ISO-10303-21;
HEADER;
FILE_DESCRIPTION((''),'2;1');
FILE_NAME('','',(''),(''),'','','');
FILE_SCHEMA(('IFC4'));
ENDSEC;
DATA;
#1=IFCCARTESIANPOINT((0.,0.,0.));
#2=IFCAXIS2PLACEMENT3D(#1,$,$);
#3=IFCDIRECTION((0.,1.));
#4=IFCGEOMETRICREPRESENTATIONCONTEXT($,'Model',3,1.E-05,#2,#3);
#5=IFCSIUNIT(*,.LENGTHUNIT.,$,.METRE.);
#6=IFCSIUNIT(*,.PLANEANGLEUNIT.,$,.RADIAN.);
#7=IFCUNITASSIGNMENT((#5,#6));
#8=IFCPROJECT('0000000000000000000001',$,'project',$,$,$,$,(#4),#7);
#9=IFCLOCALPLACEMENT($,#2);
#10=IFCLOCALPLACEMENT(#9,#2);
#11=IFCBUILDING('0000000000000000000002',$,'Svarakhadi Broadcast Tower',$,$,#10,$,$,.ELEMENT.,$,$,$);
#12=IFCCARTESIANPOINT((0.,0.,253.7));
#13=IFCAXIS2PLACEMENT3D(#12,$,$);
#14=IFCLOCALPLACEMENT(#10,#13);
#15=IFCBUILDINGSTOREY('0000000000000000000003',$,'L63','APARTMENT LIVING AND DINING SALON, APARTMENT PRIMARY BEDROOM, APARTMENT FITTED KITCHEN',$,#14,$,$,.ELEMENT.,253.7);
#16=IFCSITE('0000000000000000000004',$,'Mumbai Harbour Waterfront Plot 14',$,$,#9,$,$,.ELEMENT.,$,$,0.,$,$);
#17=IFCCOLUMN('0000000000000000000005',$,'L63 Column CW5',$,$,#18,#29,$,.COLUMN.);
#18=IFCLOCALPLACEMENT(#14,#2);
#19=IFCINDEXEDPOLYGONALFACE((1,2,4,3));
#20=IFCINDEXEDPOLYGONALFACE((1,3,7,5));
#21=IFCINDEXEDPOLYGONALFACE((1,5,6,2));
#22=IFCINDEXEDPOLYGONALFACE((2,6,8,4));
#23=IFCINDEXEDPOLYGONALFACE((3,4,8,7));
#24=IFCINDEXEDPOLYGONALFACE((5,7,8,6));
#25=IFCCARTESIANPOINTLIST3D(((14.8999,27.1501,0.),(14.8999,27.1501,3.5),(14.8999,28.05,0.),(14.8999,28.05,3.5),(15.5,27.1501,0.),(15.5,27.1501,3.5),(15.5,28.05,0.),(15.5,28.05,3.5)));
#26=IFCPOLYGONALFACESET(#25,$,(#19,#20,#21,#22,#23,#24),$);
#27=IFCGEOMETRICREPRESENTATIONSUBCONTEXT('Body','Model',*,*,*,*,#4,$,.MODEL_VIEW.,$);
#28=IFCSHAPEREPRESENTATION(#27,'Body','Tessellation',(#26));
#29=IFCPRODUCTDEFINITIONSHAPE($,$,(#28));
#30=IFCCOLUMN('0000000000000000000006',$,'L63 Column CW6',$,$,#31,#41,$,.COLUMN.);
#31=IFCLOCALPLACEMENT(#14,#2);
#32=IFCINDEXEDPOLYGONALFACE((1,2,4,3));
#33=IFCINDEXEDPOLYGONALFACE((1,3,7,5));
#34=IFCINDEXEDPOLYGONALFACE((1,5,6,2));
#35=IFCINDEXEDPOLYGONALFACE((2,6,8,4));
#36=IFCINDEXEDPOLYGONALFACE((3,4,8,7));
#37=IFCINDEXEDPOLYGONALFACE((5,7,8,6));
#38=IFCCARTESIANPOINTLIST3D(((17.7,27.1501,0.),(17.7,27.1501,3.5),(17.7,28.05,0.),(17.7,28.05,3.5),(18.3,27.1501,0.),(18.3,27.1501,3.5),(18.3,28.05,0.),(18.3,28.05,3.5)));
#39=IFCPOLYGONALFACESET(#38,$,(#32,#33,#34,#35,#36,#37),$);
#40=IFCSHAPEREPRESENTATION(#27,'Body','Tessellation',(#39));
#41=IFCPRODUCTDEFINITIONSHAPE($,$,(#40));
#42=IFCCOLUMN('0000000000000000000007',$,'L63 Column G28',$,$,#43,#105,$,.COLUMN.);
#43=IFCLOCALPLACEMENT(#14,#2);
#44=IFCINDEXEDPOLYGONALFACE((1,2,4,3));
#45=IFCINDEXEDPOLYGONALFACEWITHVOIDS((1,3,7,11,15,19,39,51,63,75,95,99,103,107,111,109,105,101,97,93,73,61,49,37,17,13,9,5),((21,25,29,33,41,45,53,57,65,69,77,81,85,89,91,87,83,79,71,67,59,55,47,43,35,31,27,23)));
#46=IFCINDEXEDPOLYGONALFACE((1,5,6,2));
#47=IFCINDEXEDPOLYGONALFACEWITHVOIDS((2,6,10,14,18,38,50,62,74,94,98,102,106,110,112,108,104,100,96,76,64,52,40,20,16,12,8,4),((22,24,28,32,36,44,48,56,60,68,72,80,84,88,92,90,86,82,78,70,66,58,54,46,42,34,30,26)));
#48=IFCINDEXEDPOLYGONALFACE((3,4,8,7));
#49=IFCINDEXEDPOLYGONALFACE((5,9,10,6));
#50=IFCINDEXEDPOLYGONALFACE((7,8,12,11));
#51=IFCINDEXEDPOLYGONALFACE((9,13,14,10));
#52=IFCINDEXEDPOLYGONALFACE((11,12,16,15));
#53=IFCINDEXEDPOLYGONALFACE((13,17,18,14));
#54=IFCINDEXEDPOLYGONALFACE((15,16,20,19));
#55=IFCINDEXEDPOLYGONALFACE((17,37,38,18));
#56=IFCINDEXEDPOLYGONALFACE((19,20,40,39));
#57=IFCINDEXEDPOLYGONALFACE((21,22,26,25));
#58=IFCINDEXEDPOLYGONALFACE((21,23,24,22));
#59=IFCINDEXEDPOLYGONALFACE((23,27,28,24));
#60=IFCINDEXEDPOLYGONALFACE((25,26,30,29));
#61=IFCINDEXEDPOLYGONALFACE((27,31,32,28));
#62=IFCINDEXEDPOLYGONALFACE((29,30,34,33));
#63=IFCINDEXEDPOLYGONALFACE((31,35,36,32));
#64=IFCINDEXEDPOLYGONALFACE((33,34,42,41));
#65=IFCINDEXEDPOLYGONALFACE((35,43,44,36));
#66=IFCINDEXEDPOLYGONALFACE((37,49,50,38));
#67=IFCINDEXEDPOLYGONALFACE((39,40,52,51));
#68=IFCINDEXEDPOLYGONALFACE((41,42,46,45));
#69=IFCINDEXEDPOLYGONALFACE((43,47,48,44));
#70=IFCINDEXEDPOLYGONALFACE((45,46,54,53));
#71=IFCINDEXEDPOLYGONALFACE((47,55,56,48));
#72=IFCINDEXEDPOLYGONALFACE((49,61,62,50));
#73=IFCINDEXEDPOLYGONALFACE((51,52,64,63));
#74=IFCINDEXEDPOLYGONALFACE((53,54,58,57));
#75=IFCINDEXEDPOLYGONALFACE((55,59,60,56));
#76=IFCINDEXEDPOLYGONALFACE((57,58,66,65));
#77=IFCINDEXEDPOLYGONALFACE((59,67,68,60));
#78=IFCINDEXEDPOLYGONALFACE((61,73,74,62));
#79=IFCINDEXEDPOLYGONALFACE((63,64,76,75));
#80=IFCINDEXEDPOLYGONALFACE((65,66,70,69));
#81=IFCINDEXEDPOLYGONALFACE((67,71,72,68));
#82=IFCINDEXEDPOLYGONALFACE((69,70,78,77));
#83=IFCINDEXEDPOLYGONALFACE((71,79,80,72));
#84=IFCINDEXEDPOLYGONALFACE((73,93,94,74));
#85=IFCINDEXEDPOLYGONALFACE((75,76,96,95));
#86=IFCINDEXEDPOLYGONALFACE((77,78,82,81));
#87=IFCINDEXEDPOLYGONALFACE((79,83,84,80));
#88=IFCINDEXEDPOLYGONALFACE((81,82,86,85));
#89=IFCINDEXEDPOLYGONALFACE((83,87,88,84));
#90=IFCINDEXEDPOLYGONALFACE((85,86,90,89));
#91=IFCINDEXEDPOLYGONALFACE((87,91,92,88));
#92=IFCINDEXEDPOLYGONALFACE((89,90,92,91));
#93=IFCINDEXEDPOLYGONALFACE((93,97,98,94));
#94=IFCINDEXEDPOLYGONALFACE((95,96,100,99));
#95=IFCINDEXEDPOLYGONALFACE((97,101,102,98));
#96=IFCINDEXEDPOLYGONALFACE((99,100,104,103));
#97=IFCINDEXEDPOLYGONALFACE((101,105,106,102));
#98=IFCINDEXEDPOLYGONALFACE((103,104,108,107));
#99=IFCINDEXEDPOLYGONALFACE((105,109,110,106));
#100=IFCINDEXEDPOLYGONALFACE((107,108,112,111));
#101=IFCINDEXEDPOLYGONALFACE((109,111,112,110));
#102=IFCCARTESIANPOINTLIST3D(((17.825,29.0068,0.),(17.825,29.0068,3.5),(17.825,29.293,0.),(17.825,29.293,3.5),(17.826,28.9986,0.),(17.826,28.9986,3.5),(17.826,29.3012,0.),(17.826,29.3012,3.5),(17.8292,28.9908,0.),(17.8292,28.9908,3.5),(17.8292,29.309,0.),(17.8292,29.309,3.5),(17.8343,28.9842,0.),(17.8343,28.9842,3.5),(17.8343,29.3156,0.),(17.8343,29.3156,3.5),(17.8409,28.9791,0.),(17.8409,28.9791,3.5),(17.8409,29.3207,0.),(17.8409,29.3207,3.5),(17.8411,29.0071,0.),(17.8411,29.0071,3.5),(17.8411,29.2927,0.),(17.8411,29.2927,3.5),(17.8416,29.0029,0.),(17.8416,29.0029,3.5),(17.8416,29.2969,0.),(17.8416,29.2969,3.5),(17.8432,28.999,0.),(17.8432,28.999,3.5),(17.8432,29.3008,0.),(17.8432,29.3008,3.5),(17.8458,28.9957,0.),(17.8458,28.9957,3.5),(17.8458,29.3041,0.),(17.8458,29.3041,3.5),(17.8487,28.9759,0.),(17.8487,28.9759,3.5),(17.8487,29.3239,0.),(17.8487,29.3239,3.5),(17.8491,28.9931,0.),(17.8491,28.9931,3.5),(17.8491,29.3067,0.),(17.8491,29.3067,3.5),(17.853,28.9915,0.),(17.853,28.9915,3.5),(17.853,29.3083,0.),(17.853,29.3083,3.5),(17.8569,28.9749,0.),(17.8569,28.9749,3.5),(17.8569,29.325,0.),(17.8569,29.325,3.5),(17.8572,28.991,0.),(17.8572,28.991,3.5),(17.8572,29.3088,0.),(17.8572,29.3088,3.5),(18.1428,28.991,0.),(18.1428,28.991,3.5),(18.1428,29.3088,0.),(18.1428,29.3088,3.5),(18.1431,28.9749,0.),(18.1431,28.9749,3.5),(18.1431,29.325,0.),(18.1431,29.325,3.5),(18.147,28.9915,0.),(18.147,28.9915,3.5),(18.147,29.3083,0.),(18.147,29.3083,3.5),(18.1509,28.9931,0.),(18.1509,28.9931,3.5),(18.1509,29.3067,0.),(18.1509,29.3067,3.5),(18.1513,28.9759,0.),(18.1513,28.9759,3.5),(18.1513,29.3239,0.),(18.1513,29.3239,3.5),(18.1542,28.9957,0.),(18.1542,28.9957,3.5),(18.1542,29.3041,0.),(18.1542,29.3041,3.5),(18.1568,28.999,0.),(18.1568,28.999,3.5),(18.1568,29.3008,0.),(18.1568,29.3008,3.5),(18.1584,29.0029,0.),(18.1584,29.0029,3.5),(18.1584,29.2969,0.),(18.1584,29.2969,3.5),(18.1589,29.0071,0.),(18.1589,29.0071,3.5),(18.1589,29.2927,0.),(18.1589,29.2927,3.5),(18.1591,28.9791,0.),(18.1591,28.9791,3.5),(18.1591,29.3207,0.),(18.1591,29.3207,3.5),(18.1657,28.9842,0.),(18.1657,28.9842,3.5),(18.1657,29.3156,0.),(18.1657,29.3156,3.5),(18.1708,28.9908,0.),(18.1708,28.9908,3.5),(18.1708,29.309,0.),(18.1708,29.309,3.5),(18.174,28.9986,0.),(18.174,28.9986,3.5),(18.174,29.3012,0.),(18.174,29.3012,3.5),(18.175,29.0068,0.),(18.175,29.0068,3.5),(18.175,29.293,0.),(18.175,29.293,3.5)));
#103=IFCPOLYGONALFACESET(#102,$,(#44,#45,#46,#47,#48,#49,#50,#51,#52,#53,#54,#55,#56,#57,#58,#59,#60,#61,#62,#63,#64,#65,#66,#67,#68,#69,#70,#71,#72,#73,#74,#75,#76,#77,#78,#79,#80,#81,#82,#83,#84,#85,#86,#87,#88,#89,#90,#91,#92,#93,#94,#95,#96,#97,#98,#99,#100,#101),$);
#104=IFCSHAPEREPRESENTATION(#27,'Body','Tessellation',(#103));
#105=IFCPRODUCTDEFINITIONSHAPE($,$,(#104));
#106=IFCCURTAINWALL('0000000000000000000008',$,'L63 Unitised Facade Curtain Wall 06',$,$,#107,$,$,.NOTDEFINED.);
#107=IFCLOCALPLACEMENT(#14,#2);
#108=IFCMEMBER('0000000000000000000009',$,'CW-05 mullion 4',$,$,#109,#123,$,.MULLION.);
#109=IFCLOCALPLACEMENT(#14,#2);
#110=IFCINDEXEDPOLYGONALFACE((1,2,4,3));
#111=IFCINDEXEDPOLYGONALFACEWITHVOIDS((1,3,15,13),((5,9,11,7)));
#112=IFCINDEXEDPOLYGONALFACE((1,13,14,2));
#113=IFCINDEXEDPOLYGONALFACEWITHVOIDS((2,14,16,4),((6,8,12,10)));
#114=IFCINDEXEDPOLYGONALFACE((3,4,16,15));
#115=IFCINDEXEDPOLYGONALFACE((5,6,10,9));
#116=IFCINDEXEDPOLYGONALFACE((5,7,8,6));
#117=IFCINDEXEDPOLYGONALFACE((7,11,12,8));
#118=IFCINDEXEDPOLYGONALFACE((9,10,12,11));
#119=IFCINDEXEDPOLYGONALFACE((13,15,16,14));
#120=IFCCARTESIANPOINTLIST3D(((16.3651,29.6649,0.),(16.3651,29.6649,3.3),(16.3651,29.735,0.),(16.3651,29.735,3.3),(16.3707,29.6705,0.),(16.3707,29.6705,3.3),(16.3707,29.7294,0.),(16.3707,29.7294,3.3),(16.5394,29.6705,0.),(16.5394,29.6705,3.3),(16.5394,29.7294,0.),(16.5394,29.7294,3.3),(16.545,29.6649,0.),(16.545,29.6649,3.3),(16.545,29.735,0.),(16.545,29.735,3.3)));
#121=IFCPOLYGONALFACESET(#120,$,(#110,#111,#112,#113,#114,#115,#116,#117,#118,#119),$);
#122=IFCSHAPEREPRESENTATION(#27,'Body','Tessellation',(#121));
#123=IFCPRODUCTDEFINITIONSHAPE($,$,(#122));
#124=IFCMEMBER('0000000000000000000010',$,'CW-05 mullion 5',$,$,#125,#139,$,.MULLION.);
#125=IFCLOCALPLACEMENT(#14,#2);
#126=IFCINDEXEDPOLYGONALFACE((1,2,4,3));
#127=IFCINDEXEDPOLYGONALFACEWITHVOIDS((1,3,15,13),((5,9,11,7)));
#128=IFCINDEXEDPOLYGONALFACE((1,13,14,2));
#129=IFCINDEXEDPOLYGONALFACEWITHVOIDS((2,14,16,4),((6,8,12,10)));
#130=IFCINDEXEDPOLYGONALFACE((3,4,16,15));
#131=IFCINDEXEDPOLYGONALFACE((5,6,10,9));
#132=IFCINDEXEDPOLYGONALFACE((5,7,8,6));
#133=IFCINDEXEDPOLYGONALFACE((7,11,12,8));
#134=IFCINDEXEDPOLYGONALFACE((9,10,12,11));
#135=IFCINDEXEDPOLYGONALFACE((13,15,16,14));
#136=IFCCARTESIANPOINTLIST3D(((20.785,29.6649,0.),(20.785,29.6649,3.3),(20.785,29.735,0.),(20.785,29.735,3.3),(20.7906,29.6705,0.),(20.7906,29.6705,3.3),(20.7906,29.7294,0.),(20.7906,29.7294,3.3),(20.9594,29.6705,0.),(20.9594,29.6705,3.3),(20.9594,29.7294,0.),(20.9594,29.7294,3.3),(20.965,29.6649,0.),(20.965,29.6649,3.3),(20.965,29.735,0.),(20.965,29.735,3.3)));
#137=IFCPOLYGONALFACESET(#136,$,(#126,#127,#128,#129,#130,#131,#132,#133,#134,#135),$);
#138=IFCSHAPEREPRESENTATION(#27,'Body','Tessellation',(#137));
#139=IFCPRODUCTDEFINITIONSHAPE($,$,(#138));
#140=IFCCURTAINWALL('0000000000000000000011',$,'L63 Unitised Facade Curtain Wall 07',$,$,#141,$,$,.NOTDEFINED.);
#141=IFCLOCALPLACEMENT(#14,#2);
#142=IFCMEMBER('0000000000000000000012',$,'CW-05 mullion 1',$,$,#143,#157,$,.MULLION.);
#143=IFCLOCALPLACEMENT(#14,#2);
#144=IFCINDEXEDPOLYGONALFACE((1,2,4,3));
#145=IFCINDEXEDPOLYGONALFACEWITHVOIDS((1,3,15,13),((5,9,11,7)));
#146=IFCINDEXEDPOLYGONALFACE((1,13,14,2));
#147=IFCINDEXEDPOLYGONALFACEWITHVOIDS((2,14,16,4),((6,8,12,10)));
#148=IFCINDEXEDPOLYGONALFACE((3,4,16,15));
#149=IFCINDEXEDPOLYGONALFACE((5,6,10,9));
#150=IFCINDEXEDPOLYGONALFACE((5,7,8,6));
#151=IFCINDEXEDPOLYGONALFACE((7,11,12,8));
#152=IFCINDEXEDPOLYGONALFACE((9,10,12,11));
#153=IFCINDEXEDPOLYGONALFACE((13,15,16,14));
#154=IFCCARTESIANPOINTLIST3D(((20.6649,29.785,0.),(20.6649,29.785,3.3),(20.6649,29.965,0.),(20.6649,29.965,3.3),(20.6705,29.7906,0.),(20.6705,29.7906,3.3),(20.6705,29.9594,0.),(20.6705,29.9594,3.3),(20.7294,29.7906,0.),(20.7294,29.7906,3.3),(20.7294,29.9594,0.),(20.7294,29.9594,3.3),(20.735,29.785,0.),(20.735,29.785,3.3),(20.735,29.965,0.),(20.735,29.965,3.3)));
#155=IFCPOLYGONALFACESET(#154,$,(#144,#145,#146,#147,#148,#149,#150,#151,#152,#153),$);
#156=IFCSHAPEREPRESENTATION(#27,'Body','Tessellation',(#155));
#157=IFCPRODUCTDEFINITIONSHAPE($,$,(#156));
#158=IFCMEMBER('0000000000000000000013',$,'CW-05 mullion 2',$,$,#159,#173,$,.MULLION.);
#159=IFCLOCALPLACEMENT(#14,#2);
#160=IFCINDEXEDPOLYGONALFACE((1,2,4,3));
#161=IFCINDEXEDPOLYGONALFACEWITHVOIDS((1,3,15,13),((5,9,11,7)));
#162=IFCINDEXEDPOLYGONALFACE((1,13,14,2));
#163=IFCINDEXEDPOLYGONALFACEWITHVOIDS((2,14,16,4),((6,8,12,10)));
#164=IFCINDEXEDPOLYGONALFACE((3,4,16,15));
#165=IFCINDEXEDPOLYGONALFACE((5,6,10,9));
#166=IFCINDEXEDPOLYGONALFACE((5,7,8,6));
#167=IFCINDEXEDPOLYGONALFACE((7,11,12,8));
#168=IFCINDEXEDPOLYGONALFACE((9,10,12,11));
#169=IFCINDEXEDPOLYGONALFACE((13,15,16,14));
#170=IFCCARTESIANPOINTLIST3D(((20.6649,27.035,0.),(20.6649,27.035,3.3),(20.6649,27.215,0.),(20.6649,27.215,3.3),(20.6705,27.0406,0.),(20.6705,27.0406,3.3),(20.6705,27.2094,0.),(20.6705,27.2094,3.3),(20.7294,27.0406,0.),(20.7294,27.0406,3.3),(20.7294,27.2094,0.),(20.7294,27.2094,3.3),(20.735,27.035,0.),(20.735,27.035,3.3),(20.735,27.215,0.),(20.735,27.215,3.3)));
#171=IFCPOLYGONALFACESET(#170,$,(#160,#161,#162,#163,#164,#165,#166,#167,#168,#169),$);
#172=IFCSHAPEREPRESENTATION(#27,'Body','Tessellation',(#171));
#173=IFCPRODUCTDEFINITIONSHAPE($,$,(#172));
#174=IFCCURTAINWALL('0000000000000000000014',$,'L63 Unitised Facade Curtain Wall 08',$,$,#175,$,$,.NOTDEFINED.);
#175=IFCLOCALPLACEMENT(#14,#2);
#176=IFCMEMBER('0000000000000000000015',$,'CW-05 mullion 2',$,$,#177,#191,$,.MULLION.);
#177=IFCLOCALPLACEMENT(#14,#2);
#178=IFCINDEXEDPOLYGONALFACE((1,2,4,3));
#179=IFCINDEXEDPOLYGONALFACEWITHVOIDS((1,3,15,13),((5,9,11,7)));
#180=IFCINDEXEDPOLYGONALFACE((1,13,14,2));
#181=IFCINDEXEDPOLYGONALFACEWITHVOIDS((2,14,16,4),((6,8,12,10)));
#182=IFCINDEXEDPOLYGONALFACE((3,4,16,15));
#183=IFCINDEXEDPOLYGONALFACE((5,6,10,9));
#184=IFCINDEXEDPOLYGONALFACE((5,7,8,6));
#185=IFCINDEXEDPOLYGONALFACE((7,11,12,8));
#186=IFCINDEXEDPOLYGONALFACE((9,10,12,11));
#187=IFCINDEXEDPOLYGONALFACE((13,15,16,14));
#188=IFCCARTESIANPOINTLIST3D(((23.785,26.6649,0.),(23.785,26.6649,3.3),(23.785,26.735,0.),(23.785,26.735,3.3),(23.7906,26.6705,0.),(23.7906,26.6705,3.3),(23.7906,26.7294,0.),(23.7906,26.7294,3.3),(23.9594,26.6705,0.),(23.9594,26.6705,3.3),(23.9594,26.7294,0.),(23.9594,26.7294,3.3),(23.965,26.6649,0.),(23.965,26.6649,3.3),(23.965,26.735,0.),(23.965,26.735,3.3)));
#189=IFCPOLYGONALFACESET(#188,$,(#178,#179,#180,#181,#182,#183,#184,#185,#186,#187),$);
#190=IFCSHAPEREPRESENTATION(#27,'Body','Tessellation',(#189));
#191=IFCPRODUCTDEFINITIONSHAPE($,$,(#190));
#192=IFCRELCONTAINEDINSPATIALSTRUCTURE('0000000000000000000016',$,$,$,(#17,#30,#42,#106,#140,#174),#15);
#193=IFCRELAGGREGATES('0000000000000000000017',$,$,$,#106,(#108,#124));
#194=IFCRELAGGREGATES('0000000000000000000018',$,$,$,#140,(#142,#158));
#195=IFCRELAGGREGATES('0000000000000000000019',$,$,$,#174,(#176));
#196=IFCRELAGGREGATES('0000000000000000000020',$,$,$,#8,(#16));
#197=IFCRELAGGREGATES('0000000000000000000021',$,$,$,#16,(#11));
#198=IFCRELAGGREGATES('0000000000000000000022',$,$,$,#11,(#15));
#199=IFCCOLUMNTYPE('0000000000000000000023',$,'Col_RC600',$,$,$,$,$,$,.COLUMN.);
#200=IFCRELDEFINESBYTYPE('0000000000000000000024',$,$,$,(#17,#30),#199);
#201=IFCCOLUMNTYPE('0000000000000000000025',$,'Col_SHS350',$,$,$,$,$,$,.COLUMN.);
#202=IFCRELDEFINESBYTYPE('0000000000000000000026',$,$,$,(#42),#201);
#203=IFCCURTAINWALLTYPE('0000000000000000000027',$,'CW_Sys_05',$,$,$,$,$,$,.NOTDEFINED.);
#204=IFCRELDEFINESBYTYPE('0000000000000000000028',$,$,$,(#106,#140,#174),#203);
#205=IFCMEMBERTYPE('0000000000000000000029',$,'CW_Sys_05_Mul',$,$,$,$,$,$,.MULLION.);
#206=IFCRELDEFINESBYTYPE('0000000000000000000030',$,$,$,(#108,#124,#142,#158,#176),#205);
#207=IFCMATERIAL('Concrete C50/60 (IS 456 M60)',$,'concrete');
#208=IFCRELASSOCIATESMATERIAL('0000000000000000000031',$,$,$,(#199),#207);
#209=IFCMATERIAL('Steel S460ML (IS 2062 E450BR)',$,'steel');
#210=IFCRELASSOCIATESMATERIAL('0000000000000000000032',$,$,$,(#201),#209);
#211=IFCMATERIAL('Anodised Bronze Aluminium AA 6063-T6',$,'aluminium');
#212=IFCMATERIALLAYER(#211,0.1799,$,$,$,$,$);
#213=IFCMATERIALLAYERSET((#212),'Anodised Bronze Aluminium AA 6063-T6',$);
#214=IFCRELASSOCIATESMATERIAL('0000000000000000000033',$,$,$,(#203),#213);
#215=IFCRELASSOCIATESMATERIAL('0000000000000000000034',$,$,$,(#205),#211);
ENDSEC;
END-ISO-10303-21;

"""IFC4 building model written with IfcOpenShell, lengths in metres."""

from ifc_helpers import new_model, si_unit, direction, frame, origin, origin_2d, place, context, subcontext, project, spatial, rectangle, hollow_rectangle, extrude, material, layer, layer_set, material_profile, profile_set, type_object, element, aggregate, save


model = new_model("IFC4")

# Units and contexts
model_context = context("Model", 3, precision=1e-05, world=origin(), true_north=direction((0.0, 1.0)))
body_context = subcontext(model_context, "Body", "Model", "MODEL_VIEW")
ifc_project = project(units=[si_unit("LENGTHUNIT", "METRE"), si_unit("PLANEANGLEUNIT", "RADIAN")], contexts=[model_context])

# Site, building, storey
site_placement = place(None, origin())
site = spatial("IfcSite", under=ifc_project, at=site_placement, Name="Mumbai Harbour Waterfront Plot 14", CompositionType="ELEMENT", RefElevation=0.0)
building_placement = place(site_placement, origin())
building = spatial("IfcBuilding", under=site, at=building_placement, Name="Svarakhadi Broadcast Tower", CompositionType="ELEMENT")
storey_placement = place(building_placement, frame((0.0, 0.0, 253.7)))
storey = spatial("IfcBuildingStorey", under=building, at=storey_placement, Name="L63", Description="APARTMENT LIVING AND DINING SALON, APARTMENT PRIMARY BEDROOM, APARTMENT FITTED KITCHEN", CompositionType="ELEMENT", Elevation=253.7)

# Columns
ifc_material_1 = material(Name="Concrete C50/60 (IS 456 M60)", Category="concrete")
ifc_material_profile_1 = material_profile(ifc_material_1, rectangle(XDim=0.6001, YDim=0.8999, at=origin_2d()), Name="RC 600x900")
ifc_profile_set_1 = profile_set([ifc_material_profile_1], Name="Concrete C50/60 (IS 456 M60)")
column_type_1 = type_object("IfcColumnType", Name="Col_RC600", PredefinedType="COLUMN", material=ifc_profile_set_1)
for number, where, z_axis, x_axis, name in (
    (1, (15.2, 27.6001, 0.0), (0.0, 0.0, 1.0), (1.0, 0.0, 0.0), "L63 Column CW5"),
    (2, (18.0, 27.6001, 0.0), (0.0, 0.0, 1.0), (1.0, 0.0, 0.0), "L63 Column CW6"),
):
    element("IfcColumn", number, at=place(storey_placement, frame(where, z_axis=z_axis, x_axis=x_axis)), inside=storey, type_object=column_type_1, Name=name, PredefinedType="COLUMN", context=body_context, shape_type="SweptSolid", body=[
        extrude(rectangle(XDim=0.6001, YDim=0.8999, at=origin_2d()), origin(), (0.0, 0.0, 1.0), 3.5),
    ])
ifc_material_2 = material(Name="Steel S460ML (IS 2062 E450BR)", Category="steel")
ifc_material_profile_2 = material_profile(ifc_material_2, hollow_rectangle(XDim=0.3501, YDim=0.3501, WallThickness=0.0161, InnerFilletRadius=0.0161, OuterFilletRadius=0.032, at=origin_2d()), Name="SHS 350x350x16")
ifc_profile_set_2 = profile_set([ifc_material_profile_2], Name="Steel S460ML (IS 2062 E450BR)")
column_type_2 = type_object("IfcColumnType", Name="Col_SHS350", PredefinedType="COLUMN", material=ifc_profile_set_2)
column_placement = place(storey_placement, frame((18.0, 29.1499, 0.0), z_axis=(0.0, 0.0, 1.0), x_axis=(1.0, 0.0, 0.0)))
element("IfcColumn", 3, at=column_placement, inside=storey, type_object=column_type_2, Name="L63 Column G28", PredefinedType="COLUMN", context=body_context, shape_type="SweptSolid", body=[
    extrude(hollow_rectangle(XDim=0.3501, YDim=0.3501, WallThickness=0.0161, InnerFilletRadius=0.0161, OuterFilletRadius=0.032, at=origin_2d()), origin(), (0.0, 0.0, 1.0), 3.5),
])

# Curtain walls, members
ifc_material_3 = material(Name="Anodised Bronze Aluminium AA 6063-T6", Category="aluminium")
ifc_layer_1 = layer(ifc_material_3, 0.1799)
ifc_layer_set_1 = layer_set([ifc_layer_1], Name="Anodised Bronze Aluminium AA 6063-T6")
curtain_wall_type = type_object("IfcCurtainWallType", Name="CW_Sys_05", PredefinedType="NOTDEFINED", material=ifc_layer_set_1)
curtain_wall_1_placement = place(storey_placement, origin())
curtain_wall_1 = element("IfcCurtainWall", 4, at=curtain_wall_1_placement, inside=storey, type_object=curtain_wall_type, Name="L63 Unitised Facade Curtain Wall 06", PredefinedType="NOTDEFINED")
ifc_material_profile_3 = material_profile(ifc_material_3, hollow_rectangle(XDim=0.0701, YDim=0.1799, WallThickness=0.0056, at=origin_2d()), Name="ALU MULLION 180x70x6")
ifc_profile_set_3 = profile_set([ifc_material_profile_3], Name="Anodised Bronze Aluminium AA 6063-T6")
member_type_1 = type_object("IfcMemberType", Name="CW_Sys_05_Mul", PredefinedType="MULLION", material=ifc_profile_set_3)
member_1_placement = place(storey_placement, frame((16.4551, 29.7, 0.0), z_axis=(0.0, 0.0, 1.0), x_axis=(0.0, 1.0, 0.0)))
member_1 = element("IfcMember", 5, at=member_1_placement, type_object=member_type_1, Name="CW-05 mullion 4", PredefinedType="MULLION", context=body_context, shape_type="SweptSolid", body=[
    extrude(hollow_rectangle(XDim=0.0701, YDim=0.1799, WallThickness=0.0056, at=origin_2d()), origin(), (0.0, 0.0, 1.0), 3.3),
])
member_2_placement = place(storey_placement, frame((20.875, 29.7, 0.0), z_axis=(0.0, 0.0, 1.0), x_axis=(0.0, 1.0, 0.0)))
member_2 = element("IfcMember", 6, at=member_2_placement, type_object=member_type_1, Name="CW-05 mullion 5", PredefinedType="MULLION", context=body_context, shape_type="SweptSolid", body=[
    extrude(hollow_rectangle(XDim=0.0701, YDim=0.1799, WallThickness=0.0056, at=origin_2d()), origin(), (0.0, 0.0, 1.0), 3.3),
])
curtain_wall_2_placement = place(storey_placement, origin())
curtain_wall_2 = element("IfcCurtainWall", 7, at=curtain_wall_2_placement, inside=storey, type_object=curtain_wall_type, Name="L63 Unitised Facade Curtain Wall 07", PredefinedType="NOTDEFINED")
member_3_placement = place(storey_placement, frame((20.7, 29.875, 0.0), z_axis=(0.0, 0.0, 1.0), x_axis=(1.0, 0.0, 0.0)))
member_3 = element("IfcMember", 8, at=member_3_placement, type_object=member_type_1, Name="CW-05 mullion 1", PredefinedType="MULLION", context=body_context, shape_type="SweptSolid", body=[
    extrude(hollow_rectangle(XDim=0.0701, YDim=0.1799, WallThickness=0.0056, at=origin_2d()), origin(), (0.0, 0.0, 1.0), 3.3),
])
member_4_placement = place(storey_placement, frame((20.7, 27.125, 0.0), z_axis=(0.0, 0.0, 1.0), x_axis=(1.0, 0.0, 0.0)))
member_4 = element("IfcMember", 9, at=member_4_placement, type_object=member_type_1, Name="CW-05 mullion 2", PredefinedType="MULLION", context=body_context, shape_type="SweptSolid", body=[
    extrude(hollow_rectangle(XDim=0.0701, YDim=0.1799, WallThickness=0.0056, at=origin_2d()), origin(), (0.0, 0.0, 1.0), 3.3),
])

# Curtain wall, member
curtain_wall_3_placement = place(storey_placement, origin())
curtain_wall_3 = element("IfcCurtainWall", 10, at=curtain_wall_3_placement, inside=storey, type_object=curtain_wall_type, Name="L63 Unitised Facade Curtain Wall 08", PredefinedType="NOTDEFINED")
member_5_placement = place(storey_placement, frame((23.875, 26.7, 0.0), z_axis=(0.0, 0.0, 1.0), x_axis=(0.0, 1.0, 0.0)))
member_5 = element("IfcMember", 11, at=member_5_placement, type_object=member_type_1, Name="CW-05 mullion 2", PredefinedType="MULLION", context=body_context, shape_type="SweptSolid", body=[
    extrude(hollow_rectangle(XDim=0.0701, YDim=0.1799, WallThickness=0.0056, at=origin_2d()), origin(), (0.0, 0.0, 1.0), 3.3),
])

aggregate(curtain_wall_1, [member_1, member_2])
aggregate(curtain_wall_2, [member_3, member_4])
aggregate(curtain_wall_3, [member_5])

save(model, "model.ifc")
